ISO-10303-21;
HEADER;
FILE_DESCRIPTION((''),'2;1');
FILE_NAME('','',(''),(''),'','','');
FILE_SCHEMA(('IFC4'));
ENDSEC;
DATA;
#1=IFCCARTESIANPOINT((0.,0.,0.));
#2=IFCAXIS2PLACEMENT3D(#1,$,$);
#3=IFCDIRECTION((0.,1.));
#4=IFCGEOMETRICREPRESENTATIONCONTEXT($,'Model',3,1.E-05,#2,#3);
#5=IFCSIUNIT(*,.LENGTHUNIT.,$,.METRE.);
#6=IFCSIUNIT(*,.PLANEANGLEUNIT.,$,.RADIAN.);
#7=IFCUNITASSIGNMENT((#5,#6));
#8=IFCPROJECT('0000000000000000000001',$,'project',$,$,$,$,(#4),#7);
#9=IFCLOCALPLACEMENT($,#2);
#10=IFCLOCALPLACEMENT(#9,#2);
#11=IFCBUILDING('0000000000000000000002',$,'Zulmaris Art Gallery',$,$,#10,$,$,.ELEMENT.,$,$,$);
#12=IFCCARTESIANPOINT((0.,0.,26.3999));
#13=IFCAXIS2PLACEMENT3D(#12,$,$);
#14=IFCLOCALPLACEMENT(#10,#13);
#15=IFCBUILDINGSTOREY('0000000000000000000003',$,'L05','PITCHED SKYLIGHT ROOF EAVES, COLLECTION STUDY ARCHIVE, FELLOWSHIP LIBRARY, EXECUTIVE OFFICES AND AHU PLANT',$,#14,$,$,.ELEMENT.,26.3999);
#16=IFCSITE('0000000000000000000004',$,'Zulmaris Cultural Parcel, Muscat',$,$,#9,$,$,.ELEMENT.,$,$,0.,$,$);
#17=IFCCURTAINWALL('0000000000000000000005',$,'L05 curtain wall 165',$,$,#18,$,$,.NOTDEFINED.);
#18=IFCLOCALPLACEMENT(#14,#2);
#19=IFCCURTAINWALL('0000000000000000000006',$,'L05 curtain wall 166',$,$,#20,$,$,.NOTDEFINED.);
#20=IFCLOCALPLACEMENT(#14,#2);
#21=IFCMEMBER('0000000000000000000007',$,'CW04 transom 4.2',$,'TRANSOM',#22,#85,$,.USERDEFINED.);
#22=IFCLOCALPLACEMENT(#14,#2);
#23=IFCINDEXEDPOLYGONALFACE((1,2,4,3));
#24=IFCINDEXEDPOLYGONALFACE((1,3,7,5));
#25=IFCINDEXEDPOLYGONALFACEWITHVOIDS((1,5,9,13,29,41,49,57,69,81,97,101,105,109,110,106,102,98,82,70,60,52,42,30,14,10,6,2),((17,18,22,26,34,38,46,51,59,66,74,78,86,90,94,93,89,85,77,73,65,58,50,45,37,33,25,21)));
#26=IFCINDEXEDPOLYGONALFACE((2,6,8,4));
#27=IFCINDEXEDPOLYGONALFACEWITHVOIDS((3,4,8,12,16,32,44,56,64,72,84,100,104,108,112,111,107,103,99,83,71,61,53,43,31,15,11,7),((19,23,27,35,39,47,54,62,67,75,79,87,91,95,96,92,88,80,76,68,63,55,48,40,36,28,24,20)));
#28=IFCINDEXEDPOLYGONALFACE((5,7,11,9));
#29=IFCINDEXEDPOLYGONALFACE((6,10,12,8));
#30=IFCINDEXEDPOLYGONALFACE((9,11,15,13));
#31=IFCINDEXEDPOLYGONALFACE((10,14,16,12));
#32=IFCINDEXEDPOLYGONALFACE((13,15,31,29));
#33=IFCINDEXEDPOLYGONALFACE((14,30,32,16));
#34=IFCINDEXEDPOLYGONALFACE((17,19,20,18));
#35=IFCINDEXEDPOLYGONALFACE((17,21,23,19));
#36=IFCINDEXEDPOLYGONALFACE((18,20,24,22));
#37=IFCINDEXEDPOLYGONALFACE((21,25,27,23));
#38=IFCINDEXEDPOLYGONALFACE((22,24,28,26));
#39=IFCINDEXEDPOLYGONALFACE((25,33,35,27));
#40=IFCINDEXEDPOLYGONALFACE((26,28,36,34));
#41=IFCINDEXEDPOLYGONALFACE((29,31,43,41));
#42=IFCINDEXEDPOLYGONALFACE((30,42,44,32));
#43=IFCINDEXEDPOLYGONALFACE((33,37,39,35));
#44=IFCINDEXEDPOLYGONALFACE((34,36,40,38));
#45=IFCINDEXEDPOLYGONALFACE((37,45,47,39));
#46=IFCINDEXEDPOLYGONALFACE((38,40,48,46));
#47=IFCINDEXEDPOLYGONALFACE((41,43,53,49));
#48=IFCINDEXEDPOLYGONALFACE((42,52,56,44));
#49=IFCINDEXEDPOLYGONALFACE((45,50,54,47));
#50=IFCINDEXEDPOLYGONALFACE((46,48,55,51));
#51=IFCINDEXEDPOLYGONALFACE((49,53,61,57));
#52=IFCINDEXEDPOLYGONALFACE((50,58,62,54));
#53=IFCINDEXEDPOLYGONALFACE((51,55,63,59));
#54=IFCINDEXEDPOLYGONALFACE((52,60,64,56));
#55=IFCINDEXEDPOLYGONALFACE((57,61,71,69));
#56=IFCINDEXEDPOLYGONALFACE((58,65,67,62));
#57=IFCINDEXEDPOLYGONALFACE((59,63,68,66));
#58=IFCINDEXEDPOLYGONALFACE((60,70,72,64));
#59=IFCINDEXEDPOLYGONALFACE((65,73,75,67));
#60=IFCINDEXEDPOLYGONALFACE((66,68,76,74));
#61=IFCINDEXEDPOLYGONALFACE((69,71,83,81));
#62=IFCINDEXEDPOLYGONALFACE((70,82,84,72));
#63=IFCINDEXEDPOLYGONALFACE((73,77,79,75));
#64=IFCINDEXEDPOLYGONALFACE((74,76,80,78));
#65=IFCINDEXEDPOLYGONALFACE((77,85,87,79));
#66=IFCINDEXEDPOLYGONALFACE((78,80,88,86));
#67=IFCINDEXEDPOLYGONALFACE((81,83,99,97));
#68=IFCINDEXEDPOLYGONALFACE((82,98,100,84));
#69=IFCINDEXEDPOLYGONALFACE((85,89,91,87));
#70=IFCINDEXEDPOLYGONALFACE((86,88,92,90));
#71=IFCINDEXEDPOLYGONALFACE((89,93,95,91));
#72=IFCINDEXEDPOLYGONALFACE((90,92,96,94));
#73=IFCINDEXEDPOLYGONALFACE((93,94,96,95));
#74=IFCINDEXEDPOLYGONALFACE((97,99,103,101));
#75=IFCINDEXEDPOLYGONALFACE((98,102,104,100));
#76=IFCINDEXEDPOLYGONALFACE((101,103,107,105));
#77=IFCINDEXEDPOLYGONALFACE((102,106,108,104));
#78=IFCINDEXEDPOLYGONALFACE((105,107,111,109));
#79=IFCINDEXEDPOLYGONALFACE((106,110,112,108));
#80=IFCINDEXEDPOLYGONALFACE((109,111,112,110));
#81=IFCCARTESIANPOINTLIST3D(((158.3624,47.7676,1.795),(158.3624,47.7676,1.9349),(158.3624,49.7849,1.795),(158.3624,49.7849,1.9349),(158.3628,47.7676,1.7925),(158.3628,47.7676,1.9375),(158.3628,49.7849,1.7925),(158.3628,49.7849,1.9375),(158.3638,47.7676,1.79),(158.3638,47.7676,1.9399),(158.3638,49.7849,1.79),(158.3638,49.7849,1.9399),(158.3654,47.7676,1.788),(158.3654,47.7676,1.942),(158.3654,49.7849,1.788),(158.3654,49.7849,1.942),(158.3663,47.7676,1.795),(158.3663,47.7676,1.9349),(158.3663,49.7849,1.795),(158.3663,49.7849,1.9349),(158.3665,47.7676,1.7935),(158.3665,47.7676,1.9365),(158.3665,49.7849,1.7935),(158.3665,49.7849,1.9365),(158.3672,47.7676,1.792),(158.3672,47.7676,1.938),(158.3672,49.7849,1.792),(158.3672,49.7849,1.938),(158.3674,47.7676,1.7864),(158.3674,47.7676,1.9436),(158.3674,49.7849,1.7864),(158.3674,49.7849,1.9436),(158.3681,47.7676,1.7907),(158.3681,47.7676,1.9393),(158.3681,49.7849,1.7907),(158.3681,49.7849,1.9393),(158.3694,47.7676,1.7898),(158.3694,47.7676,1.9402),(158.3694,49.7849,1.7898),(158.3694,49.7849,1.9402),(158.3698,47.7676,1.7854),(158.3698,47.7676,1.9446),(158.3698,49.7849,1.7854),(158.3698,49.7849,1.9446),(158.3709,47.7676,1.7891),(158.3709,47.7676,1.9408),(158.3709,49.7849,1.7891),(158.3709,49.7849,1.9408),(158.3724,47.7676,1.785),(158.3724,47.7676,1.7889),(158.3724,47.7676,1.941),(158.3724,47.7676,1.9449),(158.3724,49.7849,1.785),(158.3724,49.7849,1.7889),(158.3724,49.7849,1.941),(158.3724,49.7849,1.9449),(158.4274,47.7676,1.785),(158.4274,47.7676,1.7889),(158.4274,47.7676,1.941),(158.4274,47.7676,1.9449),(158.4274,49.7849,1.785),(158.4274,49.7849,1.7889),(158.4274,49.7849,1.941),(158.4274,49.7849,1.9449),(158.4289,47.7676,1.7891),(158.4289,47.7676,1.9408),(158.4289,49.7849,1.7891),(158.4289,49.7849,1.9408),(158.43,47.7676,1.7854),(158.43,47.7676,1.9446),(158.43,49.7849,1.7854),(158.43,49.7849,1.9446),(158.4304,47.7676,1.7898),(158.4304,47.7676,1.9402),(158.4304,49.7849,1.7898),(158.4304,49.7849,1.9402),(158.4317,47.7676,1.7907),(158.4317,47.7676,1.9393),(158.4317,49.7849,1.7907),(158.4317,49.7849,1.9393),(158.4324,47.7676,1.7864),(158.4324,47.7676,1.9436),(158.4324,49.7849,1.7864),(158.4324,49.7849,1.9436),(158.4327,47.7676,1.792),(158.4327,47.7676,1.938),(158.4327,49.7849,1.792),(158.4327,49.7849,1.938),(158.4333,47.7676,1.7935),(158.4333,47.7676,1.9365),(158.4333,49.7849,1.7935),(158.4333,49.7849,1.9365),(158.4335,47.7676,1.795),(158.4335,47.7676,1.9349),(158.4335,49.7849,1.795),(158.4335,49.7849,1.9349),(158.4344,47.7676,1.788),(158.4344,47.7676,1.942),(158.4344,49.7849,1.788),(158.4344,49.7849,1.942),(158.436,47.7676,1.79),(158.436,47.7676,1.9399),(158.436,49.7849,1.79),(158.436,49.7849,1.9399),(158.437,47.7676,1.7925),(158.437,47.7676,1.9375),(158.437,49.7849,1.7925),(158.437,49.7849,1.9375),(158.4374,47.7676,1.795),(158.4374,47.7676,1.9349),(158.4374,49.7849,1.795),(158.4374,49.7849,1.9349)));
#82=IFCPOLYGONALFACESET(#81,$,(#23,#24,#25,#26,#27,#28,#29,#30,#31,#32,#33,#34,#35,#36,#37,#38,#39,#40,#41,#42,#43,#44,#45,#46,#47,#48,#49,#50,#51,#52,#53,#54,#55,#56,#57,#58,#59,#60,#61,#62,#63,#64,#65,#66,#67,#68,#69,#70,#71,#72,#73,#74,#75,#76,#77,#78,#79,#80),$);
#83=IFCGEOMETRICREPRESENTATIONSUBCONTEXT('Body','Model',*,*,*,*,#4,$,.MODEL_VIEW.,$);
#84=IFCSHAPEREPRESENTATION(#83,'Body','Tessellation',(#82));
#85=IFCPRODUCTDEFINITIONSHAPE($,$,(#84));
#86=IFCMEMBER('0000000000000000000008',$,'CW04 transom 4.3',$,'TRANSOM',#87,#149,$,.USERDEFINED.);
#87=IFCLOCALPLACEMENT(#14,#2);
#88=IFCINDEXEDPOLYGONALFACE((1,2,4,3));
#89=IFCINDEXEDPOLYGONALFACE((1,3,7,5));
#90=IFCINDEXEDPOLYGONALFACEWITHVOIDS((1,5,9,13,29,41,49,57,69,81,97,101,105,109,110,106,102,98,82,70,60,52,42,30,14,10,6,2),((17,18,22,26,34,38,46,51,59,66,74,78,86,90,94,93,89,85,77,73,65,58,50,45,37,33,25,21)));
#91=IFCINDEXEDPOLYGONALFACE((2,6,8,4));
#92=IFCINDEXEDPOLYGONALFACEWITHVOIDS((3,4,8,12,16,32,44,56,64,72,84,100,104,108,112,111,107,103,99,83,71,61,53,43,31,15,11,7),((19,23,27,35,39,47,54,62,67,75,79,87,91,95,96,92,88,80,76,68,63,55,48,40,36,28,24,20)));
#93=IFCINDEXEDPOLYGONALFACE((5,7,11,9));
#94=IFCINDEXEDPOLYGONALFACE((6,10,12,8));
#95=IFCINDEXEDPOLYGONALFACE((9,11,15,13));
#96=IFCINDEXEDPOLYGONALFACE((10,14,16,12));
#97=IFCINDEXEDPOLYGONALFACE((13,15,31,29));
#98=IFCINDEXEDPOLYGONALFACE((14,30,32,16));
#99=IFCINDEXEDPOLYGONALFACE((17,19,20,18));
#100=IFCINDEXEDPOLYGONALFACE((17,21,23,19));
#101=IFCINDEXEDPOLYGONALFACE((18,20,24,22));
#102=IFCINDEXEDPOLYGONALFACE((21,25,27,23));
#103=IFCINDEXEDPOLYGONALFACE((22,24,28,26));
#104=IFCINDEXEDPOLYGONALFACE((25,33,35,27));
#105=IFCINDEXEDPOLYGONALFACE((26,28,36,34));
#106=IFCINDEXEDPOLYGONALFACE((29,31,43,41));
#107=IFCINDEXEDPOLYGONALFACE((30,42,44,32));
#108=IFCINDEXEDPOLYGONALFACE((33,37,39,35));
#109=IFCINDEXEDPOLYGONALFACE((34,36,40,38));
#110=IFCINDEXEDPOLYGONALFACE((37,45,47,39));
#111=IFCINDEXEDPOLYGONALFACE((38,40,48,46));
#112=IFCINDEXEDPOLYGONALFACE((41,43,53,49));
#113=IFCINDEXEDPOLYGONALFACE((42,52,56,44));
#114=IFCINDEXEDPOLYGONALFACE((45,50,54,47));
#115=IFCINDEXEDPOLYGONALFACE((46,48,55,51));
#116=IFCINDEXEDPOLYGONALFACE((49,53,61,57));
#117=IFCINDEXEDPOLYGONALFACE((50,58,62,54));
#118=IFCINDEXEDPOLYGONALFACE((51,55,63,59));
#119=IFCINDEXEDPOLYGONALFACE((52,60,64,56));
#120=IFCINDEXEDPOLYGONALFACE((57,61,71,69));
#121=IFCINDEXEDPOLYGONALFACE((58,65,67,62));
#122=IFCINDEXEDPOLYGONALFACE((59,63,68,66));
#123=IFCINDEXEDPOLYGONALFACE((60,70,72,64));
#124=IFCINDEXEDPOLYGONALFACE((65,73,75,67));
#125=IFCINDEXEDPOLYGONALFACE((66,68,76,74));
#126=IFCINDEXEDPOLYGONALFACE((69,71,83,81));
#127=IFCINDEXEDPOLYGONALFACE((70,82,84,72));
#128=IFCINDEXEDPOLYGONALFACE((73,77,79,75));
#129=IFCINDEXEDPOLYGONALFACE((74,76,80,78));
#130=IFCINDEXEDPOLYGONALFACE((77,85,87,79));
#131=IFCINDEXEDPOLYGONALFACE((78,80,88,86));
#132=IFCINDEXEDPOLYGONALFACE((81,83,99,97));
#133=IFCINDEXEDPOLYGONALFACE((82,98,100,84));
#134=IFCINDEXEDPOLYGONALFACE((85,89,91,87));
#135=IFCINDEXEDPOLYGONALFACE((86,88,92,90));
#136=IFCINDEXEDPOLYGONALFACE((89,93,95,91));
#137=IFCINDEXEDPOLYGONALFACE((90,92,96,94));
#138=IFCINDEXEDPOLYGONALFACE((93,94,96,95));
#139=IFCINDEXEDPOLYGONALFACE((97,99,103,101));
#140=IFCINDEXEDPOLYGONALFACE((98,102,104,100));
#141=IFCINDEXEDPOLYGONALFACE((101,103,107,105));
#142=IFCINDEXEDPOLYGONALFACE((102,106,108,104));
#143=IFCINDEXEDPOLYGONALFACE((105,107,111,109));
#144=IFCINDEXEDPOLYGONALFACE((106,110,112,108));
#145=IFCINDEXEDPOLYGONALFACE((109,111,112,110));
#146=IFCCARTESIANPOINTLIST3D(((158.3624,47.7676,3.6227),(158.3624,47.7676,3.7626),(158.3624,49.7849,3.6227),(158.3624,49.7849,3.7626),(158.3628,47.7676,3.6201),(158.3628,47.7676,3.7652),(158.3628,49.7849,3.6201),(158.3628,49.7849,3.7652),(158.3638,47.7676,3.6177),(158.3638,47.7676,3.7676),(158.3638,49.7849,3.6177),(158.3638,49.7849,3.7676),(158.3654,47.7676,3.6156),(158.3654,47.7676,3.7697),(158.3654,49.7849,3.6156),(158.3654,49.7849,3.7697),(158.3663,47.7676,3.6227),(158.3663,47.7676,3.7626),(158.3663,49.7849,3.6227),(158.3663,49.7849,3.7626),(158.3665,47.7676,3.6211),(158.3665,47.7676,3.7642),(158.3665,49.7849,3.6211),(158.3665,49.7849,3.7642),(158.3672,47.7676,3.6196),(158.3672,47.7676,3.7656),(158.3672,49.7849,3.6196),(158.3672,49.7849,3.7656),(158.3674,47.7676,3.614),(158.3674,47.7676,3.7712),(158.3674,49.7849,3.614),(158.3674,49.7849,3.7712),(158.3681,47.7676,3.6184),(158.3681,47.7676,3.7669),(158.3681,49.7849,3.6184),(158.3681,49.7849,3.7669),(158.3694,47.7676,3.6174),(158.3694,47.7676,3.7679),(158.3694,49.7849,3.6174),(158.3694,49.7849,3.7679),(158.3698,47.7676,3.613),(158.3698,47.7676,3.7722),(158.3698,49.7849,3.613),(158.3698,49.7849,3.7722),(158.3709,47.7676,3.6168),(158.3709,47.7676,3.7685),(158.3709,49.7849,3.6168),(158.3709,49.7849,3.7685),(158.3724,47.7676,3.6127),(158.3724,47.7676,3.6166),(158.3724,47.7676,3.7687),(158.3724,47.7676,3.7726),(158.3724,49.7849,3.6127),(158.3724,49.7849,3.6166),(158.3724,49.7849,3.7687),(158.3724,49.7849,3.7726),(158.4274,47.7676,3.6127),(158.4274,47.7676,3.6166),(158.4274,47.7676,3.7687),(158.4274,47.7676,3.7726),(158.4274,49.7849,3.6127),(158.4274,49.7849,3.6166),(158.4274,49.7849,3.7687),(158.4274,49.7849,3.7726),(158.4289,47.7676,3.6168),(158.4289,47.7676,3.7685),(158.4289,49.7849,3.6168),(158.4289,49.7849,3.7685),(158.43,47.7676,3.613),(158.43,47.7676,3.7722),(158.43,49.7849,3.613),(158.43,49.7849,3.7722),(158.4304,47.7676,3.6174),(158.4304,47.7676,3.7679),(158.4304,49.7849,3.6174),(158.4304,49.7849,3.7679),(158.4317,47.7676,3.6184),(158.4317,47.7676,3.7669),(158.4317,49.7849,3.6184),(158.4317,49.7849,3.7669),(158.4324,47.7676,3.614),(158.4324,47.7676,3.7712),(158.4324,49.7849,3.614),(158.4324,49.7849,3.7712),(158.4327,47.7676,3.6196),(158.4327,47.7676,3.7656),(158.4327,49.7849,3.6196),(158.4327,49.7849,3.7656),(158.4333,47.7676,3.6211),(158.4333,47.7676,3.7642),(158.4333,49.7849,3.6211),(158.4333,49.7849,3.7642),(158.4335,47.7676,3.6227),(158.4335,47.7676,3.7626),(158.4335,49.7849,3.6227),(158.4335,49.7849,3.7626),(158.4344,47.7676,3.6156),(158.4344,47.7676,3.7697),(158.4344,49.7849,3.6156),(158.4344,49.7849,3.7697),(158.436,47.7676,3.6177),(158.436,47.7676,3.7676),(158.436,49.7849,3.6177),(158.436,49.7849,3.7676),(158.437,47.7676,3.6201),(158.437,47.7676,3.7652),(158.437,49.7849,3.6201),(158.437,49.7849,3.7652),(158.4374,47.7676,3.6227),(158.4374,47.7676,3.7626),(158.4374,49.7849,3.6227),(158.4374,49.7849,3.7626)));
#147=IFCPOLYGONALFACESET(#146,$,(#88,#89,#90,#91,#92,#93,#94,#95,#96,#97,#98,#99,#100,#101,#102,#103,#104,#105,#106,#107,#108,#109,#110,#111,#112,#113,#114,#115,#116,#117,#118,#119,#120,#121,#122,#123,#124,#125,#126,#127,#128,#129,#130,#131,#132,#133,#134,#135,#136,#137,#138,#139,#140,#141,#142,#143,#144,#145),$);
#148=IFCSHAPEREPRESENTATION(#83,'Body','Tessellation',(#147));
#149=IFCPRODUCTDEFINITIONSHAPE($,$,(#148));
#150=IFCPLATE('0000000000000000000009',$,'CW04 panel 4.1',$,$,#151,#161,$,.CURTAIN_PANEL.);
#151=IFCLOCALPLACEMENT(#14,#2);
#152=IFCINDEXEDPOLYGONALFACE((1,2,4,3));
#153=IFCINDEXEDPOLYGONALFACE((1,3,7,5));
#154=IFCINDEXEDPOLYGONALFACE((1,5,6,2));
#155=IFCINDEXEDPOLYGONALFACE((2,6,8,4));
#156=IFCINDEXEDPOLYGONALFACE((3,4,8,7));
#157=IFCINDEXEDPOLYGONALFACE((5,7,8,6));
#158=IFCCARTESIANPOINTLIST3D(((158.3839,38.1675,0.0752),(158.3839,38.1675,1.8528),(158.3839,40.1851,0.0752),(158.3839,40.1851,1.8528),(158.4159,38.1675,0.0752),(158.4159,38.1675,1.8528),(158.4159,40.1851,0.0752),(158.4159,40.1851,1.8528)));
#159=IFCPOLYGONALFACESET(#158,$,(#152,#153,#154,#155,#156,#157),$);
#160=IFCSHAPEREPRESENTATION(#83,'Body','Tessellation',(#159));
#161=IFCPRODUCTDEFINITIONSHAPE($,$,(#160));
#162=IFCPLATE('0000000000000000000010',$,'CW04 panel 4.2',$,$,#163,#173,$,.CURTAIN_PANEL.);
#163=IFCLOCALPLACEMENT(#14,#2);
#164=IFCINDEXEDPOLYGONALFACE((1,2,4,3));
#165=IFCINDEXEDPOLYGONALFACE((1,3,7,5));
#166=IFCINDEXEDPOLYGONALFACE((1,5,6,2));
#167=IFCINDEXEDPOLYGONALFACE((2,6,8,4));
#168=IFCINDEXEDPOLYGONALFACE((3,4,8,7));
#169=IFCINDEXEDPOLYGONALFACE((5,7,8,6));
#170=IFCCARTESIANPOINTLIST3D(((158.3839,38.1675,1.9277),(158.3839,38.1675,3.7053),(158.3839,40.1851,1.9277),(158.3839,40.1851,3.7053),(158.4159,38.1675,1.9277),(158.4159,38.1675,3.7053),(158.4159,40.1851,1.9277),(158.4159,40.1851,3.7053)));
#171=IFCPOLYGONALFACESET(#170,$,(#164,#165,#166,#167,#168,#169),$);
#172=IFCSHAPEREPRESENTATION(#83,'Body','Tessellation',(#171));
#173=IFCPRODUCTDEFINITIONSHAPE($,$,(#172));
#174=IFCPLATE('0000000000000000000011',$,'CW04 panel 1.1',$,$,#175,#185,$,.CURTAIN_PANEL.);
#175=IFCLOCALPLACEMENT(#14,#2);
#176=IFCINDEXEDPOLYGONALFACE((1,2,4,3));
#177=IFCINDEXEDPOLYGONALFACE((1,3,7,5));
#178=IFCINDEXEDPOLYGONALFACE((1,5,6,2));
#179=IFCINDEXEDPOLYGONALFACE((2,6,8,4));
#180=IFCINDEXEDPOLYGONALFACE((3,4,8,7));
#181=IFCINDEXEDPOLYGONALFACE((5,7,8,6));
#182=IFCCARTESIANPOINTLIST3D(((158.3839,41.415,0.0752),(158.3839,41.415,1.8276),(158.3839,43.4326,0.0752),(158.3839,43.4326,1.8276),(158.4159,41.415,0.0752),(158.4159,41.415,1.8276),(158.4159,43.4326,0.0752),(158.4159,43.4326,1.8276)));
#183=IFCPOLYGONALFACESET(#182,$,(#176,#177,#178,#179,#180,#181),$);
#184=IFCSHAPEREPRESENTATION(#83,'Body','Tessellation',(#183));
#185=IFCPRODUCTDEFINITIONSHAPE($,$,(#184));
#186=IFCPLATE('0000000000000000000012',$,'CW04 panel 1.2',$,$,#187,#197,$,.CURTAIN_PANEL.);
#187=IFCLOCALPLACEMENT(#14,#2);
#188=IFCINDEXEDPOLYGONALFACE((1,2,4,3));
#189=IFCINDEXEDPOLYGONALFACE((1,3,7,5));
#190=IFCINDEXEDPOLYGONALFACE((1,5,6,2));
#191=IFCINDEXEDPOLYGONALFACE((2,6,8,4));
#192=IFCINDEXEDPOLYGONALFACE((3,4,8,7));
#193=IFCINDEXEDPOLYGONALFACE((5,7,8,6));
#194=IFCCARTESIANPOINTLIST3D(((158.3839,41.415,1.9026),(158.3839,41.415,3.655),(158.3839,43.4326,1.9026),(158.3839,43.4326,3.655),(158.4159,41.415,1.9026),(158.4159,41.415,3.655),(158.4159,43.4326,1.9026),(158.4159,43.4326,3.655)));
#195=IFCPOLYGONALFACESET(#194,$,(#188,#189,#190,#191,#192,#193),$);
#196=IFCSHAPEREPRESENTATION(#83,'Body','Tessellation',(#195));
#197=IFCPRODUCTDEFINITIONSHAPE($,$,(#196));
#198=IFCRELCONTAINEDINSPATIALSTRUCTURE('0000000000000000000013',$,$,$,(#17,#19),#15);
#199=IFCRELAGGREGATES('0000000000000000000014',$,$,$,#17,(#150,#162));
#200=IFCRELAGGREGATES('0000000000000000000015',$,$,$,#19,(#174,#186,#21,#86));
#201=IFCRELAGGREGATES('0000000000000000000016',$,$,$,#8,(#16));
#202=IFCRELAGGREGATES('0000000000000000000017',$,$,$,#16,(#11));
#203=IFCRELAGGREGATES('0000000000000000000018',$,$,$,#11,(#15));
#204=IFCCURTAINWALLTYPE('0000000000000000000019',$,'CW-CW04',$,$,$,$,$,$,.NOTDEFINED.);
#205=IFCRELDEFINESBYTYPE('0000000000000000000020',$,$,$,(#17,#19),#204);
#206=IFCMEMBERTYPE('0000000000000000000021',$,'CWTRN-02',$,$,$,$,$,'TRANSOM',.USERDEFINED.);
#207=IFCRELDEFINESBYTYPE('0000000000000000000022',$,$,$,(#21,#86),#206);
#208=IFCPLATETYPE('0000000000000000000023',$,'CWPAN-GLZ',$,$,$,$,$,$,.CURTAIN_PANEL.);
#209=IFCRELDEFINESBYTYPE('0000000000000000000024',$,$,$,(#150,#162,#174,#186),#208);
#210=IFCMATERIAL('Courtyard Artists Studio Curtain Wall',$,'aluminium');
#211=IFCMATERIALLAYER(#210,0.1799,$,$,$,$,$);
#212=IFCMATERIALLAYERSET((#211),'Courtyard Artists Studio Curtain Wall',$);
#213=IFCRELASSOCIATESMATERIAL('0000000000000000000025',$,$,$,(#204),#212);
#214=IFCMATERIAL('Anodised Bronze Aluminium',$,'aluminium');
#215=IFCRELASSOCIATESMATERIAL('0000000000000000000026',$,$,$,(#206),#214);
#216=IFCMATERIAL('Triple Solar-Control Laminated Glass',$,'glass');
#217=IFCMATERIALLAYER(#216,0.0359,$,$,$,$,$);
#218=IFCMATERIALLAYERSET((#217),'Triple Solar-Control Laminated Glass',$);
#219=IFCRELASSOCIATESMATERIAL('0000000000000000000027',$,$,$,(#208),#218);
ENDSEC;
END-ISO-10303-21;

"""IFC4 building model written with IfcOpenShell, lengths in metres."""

from ifc_helpers import new_model, si_unit, direction, frame, origin, origin_2d, place, context, subcontext, project, spatial, rectangle, hollow_rectangle, extrude, material, layer, layer_set, material_profile, profile_set, type_object, element, aggregate, save


model = new_model("IFC4")

# Units and contexts
model_context = context("Model", 3, precision=1e-05, world=origin(), true_north=direction((0.0, 1.0)))
body_context = subcontext(model_context, "Body", "Model", "MODEL_VIEW")
ifc_project = project(units=[si_unit("LENGTHUNIT", "METRE"), si_unit("PLANEANGLEUNIT", "RADIAN")], contexts=[model_context])

# Site, building, storey
site_placement = place(None, origin())
site = spatial("IfcSite", under=ifc_project, at=site_placement, Name="Zulmaris Cultural Parcel, Muscat", CompositionType="ELEMENT", RefElevation=0.0)
building_placement = place(site_placement, origin())
building = spatial("IfcBuilding", under=site, at=building_placement, Name="Zulmaris Art Gallery", CompositionType="ELEMENT")
storey_placement = place(building_placement, frame((0.0, 0.0, 26.3999)))
storey = spatial("IfcBuildingStorey", under=building, at=storey_placement, Name="L05", Description="PITCHED SKYLIGHT ROOF EAVES, COLLECTION STUDY ARCHIVE, FELLOWSHIP LIBRARY, EXECUTIVE OFFICES AND AHU PLANT", CompositionType="ELEMENT", Elevation=26.3999)

# Curtain wall
ifc_material_1 = material(Name="Courtyard Artists Studio Curtain Wall", Category="aluminium")
ifc_layer_1 = layer(ifc_material_1, 0.1799)
ifc_layer_set_1 = layer_set([ifc_layer_1], Name="Courtyard Artists Studio Curtain Wall")
curtain_wall_type = type_object("IfcCurtainWallType", Name="CW-CW04", PredefinedType="NOTDEFINED", material=ifc_layer_set_1)
curtain_wall_1_placement = place(storey_placement, origin())
curtain_wall_1 = element("IfcCurtainWall", 1, at=curtain_wall_1_placement, inside=storey, type_object=curtain_wall_type, Name="L05 curtain wall 165", PredefinedType="NOTDEFINED")
ifc_material_2 = material(Name="Anodised Bronze Aluminium", Category="aluminium")

# Curtain wall
curtain_wall_2_placement = place(storey_placement, origin())
curtain_wall_2 = element("IfcCurtainWall", 2, at=curtain_wall_2_placement, inside=storey, type_object=curtain_wall_type, Name="L05 curtain wall 166", PredefinedType="NOTDEFINED")

# Members
ifc_material_profile_1 = material_profile(ifc_material_2, hollow_rectangle(XDim=0.075, YDim=0.1599, WallThickness=0.0039, InnerFilletRadius=0.0061, OuterFilletRadius=0.01, at=origin_2d()), Name="ALU 75x160x4")
ifc_profile_set_1 = profile_set([ifc_material_profile_1], Name="Anodised Bronze Aluminium")
member_type_1 = type_object("IfcMemberType", Name="CWTRN-02", ElementType="TRANSOM", PredefinedType="USERDEFINED", material=ifc_profile_set_1)
member_1_placement = place(storey_placement, frame((158.3999, 47.7676, 1.865), z_axis=(0.0, 1.0, 0.0), x_axis=(-1.0, 0.0, 0.0)))
member_1 = element("IfcMember", 3, at=member_1_placement, type_object=member_type_1, Name="CW04 transom 4.2", ObjectType="TRANSOM", PredefinedType="USERDEFINED", context=body_context, shape_type="SweptSolid", body=[
    extrude(hollow_rectangle(XDim=0.075, YDim=0.1599, WallThickness=0.0039, InnerFilletRadius=0.0061, OuterFilletRadius=0.01, at=origin_2d()), origin(), (0.0, 0.0, 1.0), 2.0173),
])
member_2_placement = place(storey_placement, frame((158.3999, 47.7676, 3.6926), z_axis=(0.0, 1.0, 0.0), x_axis=(-1.0, 0.0, 0.0)))
member_2 = element("IfcMember", 4, at=member_2_placement, type_object=member_type_1, Name="CW04 transom 4.3", ObjectType="TRANSOM", PredefinedType="USERDEFINED", context=body_context, shape_type="SweptSolid", body=[
    extrude(hollow_rectangle(XDim=0.075, YDim=0.1599, WallThickness=0.0039, InnerFilletRadius=0.0061, OuterFilletRadius=0.01, at=origin_2d()), origin(), (0.0, 0.0, 1.0), 2.0173),
])

# Plates
ifc_material_3 = material(Name="Triple Solar-Control Laminated Glass", Category="glass")
ifc_layer_2 = layer(ifc_material_3, 0.0359)
ifc_layer_set_2 = layer_set([ifc_layer_2], Name="Triple Solar-Control Laminated Glass")
plate_type = type_object("IfcPlateType", Name="CWPAN-GLZ", PredefinedType="CURTAIN_PANEL", material=ifc_layer_set_2)
plate_1_placement = place(storey_placement, frame((158.3999, 39.1763, 0.0752), z_axis=(0.0, 0.0, 1.0), x_axis=(0.0, 1.0, 0.0)))
plate_1 = element("IfcPlate", 5, at=plate_1_placement, type_object=plate_type, Name="CW04 panel 4.1", PredefinedType="CURTAIN_PANEL", context=body_context, shape_type="SweptSolid", body=[
    extrude(rectangle(XDim=2.0176, YDim=0.032, at=origin_2d()), origin(), (0.0, 0.0, 1.0), 1.7776),
])
plate_2_placement = place(storey_placement, frame((158.3999, 39.1763, 1.9277), z_axis=(0.0, 0.0, 1.0), x_axis=(0.0, 1.0, 0.0)))
plate_2 = element("IfcPlate", 6, at=plate_2_placement, type_object=plate_type, Name="CW04 panel 4.2", PredefinedType="CURTAIN_PANEL", context=body_context, shape_type="SweptSolid", body=[
    extrude(rectangle(XDim=2.0176, YDim=0.032, at=origin_2d()), origin(), (0.0, 0.0, 1.0), 1.7776),
])
aggregate(curtain_wall_1, [plate_1, plate_2])
plate_3_placement = place(storey_placement, frame((158.3999, 42.4238, 0.0752), z_axis=(0.0, 0.0, 1.0), x_axis=(0.0, 1.0, 0.0)))
plate_3 = element("IfcPlate", 7, at=plate_3_placement, type_object=plate_type, Name="CW04 panel 1.1", PredefinedType="CURTAIN_PANEL", context=body_context, shape_type="SweptSolid", body=[
    extrude(rectangle(XDim=2.0176, YDim=0.032, at=origin_2d()), origin(), (0.0, 0.0, 1.0), 1.7524),
])
plate_4_placement = place(storey_placement, frame((158.3999, 42.4238, 1.9026), z_axis=(0.0, 0.0, 1.0), x_axis=(0.0, 1.0, 0.0)))
plate_4 = element("IfcPlate", 8, at=plate_4_placement, type_object=plate_type, Name="CW04 panel 1.2", PredefinedType="CURTAIN_PANEL", context=body_context, shape_type="SweptSolid", body=[
    extrude(rectangle(XDim=2.0176, YDim=0.032, at=origin_2d()), origin(), (0.0, 0.0, 1.0), 1.7524),
])
aggregate(curtain_wall_2, [plate_3, plate_4, member_1, member_2])

save(model, "model.ifc")
